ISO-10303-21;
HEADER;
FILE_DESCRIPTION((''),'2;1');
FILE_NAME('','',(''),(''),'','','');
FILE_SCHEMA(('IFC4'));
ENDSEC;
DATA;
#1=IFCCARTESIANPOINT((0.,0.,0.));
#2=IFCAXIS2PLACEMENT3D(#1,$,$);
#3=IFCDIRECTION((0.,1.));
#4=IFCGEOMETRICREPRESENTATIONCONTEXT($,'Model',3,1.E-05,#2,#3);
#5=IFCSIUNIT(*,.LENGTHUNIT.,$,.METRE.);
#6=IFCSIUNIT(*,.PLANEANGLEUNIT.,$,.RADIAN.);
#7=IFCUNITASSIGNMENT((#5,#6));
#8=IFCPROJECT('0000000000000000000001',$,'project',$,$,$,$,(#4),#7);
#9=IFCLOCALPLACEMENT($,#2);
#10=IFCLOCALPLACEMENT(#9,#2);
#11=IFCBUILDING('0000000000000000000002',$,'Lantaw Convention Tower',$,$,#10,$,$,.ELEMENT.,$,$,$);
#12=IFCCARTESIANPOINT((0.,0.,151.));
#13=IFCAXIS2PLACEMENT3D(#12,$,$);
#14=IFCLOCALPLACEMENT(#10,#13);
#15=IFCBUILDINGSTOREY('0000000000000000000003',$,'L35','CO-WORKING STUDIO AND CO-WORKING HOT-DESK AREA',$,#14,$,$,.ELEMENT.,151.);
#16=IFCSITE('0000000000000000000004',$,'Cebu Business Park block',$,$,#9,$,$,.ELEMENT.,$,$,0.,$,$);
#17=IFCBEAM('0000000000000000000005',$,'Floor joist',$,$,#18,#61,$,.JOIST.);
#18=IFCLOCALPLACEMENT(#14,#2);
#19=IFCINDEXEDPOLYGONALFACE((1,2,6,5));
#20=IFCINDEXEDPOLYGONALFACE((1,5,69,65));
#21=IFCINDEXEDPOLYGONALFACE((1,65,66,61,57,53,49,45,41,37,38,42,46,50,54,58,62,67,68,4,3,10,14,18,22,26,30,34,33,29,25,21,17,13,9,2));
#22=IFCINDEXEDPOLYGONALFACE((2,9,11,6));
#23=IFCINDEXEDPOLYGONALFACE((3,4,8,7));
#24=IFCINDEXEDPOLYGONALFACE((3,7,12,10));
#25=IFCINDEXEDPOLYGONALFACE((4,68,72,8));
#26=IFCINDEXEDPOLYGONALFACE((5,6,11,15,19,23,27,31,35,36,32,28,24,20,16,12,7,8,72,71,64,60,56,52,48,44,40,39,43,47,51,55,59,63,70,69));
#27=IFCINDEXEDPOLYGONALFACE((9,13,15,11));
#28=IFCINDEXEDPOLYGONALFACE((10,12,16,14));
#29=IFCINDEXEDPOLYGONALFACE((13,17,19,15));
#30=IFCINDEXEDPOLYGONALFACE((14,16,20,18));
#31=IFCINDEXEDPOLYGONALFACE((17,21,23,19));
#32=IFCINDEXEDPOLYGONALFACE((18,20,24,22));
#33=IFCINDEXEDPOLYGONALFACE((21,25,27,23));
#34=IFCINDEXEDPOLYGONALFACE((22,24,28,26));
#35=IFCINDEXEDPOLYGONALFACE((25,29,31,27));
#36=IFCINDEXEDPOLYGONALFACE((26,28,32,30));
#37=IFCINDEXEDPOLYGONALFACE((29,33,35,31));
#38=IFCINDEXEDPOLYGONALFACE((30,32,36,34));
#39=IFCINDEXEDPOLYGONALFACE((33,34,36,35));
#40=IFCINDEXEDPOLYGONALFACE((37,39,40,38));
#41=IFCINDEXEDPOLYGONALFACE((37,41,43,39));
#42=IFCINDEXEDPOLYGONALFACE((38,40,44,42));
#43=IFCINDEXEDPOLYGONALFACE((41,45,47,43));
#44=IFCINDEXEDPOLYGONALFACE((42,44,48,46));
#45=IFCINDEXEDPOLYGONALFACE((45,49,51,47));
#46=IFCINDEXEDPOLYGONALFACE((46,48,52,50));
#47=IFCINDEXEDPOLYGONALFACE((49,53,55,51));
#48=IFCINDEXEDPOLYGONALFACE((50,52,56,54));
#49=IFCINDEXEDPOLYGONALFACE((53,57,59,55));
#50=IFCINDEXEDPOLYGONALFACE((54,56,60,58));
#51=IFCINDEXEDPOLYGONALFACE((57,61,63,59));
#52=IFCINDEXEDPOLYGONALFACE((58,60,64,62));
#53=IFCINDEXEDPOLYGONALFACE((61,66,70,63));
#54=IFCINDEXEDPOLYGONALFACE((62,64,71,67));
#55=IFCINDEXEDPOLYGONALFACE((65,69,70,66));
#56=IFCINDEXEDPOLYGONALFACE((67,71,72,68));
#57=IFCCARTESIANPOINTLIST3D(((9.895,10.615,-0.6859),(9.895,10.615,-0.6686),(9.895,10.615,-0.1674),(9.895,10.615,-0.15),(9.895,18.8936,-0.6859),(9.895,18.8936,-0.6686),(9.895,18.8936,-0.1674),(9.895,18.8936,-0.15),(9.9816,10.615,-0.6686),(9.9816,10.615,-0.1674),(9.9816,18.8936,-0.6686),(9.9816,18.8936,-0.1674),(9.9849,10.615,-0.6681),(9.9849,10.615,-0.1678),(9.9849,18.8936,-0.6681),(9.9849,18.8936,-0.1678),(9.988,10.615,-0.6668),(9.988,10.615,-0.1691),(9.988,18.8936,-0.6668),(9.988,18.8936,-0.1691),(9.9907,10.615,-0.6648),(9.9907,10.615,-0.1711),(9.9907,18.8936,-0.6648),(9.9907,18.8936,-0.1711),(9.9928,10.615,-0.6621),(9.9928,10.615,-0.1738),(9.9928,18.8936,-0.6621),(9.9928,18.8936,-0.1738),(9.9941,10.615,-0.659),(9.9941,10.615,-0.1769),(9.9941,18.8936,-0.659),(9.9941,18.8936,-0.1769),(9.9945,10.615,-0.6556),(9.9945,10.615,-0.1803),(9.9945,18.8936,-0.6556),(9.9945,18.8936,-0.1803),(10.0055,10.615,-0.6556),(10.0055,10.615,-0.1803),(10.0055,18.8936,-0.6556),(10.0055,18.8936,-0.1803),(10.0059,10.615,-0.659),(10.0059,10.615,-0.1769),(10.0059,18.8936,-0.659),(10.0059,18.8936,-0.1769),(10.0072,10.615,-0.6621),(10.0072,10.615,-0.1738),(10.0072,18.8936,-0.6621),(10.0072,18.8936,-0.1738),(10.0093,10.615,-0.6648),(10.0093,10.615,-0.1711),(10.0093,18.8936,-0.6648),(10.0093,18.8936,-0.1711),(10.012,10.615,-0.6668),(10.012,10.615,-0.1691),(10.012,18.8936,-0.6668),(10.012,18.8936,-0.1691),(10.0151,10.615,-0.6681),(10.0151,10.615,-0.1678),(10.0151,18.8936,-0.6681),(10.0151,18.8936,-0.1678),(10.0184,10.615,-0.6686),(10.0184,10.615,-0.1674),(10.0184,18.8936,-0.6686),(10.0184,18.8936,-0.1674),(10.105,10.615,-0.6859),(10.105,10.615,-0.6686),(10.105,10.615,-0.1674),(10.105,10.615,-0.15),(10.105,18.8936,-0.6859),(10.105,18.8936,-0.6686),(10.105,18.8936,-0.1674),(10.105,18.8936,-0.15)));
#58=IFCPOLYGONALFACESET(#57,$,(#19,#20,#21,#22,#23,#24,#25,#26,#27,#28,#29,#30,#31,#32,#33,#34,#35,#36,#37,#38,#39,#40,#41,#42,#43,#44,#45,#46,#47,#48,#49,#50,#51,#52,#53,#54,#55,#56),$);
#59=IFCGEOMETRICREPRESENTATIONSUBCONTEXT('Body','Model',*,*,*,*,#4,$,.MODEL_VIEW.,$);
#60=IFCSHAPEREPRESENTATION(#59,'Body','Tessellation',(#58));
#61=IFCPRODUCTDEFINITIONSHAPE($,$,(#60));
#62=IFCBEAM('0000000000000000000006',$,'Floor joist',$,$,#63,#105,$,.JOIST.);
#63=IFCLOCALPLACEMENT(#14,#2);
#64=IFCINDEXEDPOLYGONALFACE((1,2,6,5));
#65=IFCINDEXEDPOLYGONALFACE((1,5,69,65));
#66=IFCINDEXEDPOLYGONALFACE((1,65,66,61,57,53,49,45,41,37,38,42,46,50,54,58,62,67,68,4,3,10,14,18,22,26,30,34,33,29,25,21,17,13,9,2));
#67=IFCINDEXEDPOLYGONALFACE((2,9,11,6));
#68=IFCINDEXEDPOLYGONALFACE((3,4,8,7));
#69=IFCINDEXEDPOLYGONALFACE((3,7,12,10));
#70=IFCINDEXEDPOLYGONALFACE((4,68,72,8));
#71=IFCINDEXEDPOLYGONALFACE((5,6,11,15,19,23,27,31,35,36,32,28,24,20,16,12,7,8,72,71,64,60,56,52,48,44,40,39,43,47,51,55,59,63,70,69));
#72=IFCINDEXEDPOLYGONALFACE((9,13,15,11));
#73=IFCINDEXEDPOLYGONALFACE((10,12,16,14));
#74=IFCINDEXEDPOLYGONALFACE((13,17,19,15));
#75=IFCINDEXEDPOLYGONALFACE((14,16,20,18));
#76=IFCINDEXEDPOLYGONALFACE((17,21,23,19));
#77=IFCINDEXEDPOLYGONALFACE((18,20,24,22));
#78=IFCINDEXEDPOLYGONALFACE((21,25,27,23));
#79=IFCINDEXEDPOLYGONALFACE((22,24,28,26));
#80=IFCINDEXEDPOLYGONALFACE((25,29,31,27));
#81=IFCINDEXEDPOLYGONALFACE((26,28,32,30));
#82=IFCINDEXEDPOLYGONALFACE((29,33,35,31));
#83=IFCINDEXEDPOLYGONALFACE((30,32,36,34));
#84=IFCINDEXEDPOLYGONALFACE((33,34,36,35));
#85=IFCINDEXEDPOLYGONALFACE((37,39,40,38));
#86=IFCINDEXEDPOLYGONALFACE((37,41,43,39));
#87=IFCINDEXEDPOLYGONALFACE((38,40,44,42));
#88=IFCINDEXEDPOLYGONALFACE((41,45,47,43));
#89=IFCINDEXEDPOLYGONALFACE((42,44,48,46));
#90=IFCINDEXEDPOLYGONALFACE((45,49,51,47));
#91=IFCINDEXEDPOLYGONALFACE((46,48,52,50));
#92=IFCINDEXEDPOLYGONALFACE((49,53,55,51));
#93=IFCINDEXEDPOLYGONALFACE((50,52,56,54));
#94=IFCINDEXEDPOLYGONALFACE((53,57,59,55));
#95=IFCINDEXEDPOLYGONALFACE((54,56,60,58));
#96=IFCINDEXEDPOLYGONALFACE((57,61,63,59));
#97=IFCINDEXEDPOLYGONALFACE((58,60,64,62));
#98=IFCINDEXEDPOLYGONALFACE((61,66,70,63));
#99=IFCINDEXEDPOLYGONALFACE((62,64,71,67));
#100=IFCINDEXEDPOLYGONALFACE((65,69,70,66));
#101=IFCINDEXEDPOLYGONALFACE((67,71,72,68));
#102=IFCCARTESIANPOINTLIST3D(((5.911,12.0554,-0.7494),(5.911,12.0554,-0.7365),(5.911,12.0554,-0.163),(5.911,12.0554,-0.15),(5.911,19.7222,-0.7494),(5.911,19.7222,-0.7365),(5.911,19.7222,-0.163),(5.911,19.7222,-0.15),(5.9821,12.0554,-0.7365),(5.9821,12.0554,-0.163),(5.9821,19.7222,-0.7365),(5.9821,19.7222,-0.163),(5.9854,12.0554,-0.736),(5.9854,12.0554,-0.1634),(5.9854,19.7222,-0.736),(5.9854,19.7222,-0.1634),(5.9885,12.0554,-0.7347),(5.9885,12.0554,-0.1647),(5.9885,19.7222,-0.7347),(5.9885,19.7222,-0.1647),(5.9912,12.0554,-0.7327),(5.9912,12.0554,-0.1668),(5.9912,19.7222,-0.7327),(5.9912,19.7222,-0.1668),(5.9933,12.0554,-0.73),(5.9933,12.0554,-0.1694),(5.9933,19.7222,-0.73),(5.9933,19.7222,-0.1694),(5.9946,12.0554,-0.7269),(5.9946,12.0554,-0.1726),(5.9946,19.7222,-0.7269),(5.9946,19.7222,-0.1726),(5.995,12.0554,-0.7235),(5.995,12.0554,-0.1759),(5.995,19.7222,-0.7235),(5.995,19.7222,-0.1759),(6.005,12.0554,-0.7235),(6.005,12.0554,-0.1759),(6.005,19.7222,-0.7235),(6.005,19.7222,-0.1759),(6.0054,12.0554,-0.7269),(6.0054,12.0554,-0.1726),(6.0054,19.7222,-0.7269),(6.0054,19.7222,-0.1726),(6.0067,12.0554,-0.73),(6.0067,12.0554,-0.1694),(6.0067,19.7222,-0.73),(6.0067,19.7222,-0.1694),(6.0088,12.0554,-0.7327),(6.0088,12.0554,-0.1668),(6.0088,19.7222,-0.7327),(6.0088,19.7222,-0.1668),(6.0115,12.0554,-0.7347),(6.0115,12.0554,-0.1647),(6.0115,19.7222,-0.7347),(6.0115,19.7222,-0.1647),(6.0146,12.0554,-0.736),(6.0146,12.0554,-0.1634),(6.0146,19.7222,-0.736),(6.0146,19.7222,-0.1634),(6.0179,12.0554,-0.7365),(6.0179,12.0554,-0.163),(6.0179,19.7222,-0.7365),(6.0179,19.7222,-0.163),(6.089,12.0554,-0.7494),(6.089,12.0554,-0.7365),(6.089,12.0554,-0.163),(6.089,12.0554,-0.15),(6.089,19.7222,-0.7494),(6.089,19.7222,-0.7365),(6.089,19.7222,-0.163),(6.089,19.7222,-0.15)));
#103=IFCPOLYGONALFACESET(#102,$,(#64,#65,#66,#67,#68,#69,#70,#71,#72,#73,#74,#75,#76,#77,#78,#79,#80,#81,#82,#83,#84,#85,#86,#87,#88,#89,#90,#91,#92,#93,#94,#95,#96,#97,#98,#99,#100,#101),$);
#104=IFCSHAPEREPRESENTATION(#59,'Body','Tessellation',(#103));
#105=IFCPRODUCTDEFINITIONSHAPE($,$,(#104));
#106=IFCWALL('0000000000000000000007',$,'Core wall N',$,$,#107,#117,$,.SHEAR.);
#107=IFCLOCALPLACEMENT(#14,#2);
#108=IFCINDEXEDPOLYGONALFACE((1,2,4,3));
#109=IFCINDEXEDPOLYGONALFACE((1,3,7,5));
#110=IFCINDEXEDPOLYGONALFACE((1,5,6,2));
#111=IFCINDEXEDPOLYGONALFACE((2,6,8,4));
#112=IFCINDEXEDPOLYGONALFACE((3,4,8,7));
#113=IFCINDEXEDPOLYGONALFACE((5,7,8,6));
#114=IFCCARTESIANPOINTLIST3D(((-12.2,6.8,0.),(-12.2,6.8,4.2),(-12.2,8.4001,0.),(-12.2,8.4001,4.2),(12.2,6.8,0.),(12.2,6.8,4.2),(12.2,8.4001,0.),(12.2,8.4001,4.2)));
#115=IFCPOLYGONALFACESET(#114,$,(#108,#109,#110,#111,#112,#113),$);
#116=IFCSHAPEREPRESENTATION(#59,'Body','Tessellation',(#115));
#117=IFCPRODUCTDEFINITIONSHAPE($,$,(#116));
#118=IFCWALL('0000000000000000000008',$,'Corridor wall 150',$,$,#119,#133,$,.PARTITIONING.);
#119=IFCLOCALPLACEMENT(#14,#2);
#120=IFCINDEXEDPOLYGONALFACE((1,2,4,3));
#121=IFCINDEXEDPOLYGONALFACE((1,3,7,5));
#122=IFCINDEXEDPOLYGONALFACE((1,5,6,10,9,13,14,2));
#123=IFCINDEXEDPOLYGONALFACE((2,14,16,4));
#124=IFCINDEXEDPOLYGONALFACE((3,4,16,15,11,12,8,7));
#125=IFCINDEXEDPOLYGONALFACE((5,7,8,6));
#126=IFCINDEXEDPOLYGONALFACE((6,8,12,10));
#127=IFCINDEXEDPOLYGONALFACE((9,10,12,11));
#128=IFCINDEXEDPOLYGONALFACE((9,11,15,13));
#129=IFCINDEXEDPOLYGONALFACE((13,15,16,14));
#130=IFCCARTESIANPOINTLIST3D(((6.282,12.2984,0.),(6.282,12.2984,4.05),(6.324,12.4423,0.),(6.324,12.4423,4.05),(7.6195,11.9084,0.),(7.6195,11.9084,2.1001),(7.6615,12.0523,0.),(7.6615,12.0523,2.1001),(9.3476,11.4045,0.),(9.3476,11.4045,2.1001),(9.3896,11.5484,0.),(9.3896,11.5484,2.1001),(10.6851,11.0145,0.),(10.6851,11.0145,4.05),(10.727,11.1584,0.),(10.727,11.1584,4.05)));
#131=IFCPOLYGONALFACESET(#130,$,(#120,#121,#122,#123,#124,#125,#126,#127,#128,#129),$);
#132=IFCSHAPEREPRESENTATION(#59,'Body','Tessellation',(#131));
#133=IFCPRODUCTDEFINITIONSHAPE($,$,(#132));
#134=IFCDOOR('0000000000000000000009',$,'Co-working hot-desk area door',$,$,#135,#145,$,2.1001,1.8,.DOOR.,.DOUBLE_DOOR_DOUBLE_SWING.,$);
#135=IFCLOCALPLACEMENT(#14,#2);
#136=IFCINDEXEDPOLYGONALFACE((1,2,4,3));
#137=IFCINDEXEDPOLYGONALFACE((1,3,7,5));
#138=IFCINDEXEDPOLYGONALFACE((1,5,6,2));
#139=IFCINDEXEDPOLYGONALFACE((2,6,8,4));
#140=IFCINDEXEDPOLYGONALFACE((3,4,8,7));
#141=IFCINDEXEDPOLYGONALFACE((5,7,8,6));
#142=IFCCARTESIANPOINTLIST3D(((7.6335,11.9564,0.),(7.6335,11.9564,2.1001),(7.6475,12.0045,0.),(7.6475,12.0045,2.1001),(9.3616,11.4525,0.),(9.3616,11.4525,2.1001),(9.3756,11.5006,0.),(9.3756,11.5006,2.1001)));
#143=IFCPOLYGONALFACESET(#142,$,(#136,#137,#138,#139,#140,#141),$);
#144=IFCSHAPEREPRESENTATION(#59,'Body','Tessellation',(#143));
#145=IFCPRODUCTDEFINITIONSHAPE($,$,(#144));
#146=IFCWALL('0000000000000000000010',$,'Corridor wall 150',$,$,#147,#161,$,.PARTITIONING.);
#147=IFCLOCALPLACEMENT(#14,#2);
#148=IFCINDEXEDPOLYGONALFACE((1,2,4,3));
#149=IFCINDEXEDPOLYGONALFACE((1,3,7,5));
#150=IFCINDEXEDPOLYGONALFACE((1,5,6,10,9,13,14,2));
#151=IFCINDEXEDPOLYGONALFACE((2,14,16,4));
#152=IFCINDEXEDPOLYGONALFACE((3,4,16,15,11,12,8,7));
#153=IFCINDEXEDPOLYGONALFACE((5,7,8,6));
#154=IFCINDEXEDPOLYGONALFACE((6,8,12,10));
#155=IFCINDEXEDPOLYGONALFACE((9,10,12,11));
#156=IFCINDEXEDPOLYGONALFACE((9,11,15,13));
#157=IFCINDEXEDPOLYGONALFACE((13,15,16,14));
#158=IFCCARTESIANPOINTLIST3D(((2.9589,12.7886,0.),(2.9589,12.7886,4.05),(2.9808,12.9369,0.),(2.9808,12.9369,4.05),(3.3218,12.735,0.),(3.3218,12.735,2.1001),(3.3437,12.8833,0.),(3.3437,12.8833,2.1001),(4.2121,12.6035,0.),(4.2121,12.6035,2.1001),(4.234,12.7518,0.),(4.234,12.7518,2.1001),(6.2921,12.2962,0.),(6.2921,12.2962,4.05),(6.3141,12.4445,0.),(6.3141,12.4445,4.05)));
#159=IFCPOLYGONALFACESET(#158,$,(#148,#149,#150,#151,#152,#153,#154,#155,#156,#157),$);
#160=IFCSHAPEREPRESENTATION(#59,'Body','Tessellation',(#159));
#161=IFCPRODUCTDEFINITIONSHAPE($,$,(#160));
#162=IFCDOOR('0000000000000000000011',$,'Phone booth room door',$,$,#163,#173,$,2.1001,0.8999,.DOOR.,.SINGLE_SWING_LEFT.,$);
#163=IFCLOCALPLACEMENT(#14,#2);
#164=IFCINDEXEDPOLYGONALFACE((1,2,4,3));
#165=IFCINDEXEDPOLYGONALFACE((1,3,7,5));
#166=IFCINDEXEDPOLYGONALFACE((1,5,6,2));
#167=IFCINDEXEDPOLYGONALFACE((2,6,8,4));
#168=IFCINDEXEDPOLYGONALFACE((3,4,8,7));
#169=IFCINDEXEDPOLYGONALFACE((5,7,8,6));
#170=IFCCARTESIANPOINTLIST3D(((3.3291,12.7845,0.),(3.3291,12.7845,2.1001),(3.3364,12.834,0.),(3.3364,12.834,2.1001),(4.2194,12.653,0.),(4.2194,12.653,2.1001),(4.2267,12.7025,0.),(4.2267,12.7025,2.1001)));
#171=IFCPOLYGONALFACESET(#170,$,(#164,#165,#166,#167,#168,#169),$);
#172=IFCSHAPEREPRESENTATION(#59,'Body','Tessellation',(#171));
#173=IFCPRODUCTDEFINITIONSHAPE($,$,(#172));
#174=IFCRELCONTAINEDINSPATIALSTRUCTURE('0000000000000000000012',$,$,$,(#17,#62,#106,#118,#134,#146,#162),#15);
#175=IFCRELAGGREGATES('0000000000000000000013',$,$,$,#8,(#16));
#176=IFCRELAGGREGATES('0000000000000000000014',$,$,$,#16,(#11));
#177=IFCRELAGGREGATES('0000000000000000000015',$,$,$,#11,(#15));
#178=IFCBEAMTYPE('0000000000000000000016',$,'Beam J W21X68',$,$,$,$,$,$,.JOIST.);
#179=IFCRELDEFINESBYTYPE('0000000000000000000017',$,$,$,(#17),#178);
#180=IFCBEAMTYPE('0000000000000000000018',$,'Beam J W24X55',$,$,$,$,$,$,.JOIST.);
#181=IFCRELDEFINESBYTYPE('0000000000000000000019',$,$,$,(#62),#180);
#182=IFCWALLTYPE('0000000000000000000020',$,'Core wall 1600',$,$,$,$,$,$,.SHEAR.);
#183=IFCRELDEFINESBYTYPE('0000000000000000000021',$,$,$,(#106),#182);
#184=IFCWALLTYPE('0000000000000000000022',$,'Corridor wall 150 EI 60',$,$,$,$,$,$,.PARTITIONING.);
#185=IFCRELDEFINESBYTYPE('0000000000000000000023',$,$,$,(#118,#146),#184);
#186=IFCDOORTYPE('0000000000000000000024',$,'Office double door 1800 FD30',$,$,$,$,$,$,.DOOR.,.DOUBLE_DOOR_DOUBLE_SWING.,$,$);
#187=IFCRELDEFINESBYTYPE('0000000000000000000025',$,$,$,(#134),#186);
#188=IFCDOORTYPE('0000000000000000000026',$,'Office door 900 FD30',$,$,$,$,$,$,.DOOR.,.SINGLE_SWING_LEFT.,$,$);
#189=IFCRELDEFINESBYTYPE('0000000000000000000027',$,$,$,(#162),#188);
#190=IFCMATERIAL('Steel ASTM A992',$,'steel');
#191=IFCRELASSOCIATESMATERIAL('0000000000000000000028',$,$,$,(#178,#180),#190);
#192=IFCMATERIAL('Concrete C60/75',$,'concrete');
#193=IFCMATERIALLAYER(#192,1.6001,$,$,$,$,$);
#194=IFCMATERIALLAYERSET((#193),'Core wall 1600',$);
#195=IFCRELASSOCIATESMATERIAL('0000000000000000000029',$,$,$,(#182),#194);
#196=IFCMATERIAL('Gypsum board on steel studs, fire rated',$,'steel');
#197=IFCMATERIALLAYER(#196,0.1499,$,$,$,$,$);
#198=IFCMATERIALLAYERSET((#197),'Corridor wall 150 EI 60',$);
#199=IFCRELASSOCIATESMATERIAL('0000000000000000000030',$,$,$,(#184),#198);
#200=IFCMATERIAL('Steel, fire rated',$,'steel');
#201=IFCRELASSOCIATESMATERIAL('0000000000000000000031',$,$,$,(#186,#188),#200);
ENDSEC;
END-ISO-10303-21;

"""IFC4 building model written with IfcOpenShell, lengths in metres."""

from ifc_helpers import new_model, si_unit, direction, frame, frame_2d, origin, origin_2d, place, context, subcontext, project, spatial, rectangle, i_section, extrude, material, layer, layer_set, material_profile, profile_set, type_object, element, fill, save


model = new_model("IFC4")

# Units and contexts
model_context = context("Model", 3, precision=1e-05, world=origin(), true_north=direction((0.0, 1.0)))
body_context = subcontext(model_context, "Body", "Model", "MODEL_VIEW")
ifc_project = project(units=[si_unit("LENGTHUNIT", "METRE"), si_unit("PLANEANGLEUNIT", "RADIAN")], contexts=[model_context])

# Site, building, storey
site_placement = place(None, origin())
site = spatial("IfcSite", under=ifc_project, at=site_placement, Name="Cebu Business Park block", CompositionType="ELEMENT", RefElevation=0.0)
building_placement = place(site_placement, origin())
building = spatial("IfcBuilding", under=site, at=building_placement, Name="Lantaw Convention Tower", CompositionType="ELEMENT")
storey_placement = place(building_placement, frame((0.0, 0.0, 151.0)))
storey = spatial("IfcBuildingStorey", under=building, at=storey_placement, Name="L35", Description="CO-WORKING STUDIO AND CO-WORKING HOT-DESK AREA", CompositionType="ELEMENT", Elevation=151.0)

# Beams
ifc_material_1 = material(Name="Steel ASTM A992", Category="steel")
ifc_material_profile_1 = material_profile(ifc_material_1, i_section(OverallWidth=0.21, OverallDepth=0.5359, WebThickness=0.011, FlangeThickness=0.0173, FilletRadius=0.0129, at=origin_2d()), Name="W21X68")
ifc_profile_set_1 = profile_set([ifc_material_profile_1], Name="Steel ASTM A992")
beam_type_1 = type_object("IfcBeamType", Name="Beam J W21X68", PredefinedType="JOIST", material=ifc_profile_set_1)
beam_1_placement = place(storey_placement, frame((10.0, 10.615, -0.418), z_axis=(0.0, 1.0, 0.0), x_axis=(-1.0, 0.0, 0.0)))
element("IfcBeam", 1, at=beam_1_placement, inside=storey, type_object=beam_type_1, Name="Floor joist", PredefinedType="JOIST", context=body_context, shape_type="SweptSolid", body=[
    extrude(i_section(OverallWidth=0.21, OverallDepth=0.5359, WebThickness=0.011, FlangeThickness=0.0173, FilletRadius=0.0129, at=origin_2d()), origin(), (0.0, 0.0, 1.0), 8.2786),
])
ifc_material_profile_2 = material_profile(ifc_material_1, i_section(OverallWidth=0.178, OverallDepth=0.5994, WebThickness=0.01, FlangeThickness=0.0129, FilletRadius=0.0129, at=origin_2d()), Name="W24X55")
ifc_profile_set_2 = profile_set([ifc_material_profile_2], Name="Steel ASTM A992")
beam_type_2 = type_object("IfcBeamType", Name="Beam J W24X55", PredefinedType="JOIST", material=ifc_profile_set_2)
beam_2_placement = place(storey_placement, frame((6.0, 12.0554, -0.4497), z_axis=(0.0, 1.0, 0.0), x_axis=(-1.0, 0.0, 0.0)))
element("IfcBeam", 2, at=beam_2_placement, inside=storey, type_object=beam_type_2, Name="Floor joist", PredefinedType="JOIST", context=body_context, shape_type="SweptSolid", body=[
    extrude(i_section(OverallWidth=0.178, OverallDepth=0.5994, WebThickness=0.01, FlangeThickness=0.0129, FilletRadius=0.0129, at=origin_2d()), origin(), (0.0, 0.0, 1.0), 7.6667),
])

# Wall
ifc_material_2 = material(Name="Concrete C60/75", Category="concrete")
ifc_layer_1 = layer(ifc_material_2, 1.6001)
ifc_layer_set_1 = layer_set([ifc_layer_1], Name="Core wall 1600")
wall_type_1 = type_object("IfcWallType", Name="Core wall 1600", PredefinedType="SHEAR", material=ifc_layer_set_1)
wall_1_placement = place(storey_placement, frame((12.2, 7.6001, 0.0), z_axis=(0.0, 0.0, 1.0), x_axis=(-1.0, 0.0, 0.0)))
element("IfcWall", 3, at=wall_1_placement, inside=storey, type_object=wall_type_1, Name="Core wall N", PredefinedType="SHEAR", context=body_context, shape_type="SweptSolid", body=[
    extrude(rectangle(XDim=24.3999, YDim=1.6001, at=frame_2d((12.2, 0.0))), origin(), (0.0, 0.0, 1.0), 4.2),
])

# Walls, openings, doors
ifc_material_3 = material(Name="Gypsum board on steel studs, fire rated", Category="steel")
ifc_layer_2 = layer(ifc_material_3, 0.1499)
ifc_layer_set_2 = layer_set([ifc_layer_2], Name="Corridor wall 150 EI 60")
wall_type_2 = type_object("IfcWallType", Name="Corridor wall 150 EI 60", PredefinedType="PARTITIONING", material=ifc_layer_set_2)
wall_2_placement = place(storey_placement, frame((10.7061, 11.0864, 0.0), z_axis=(0.0, 0.0, 1.0), x_axis=(-0.960017, 0.279941, 0.0)))
wall_2 = element("IfcWall", 4, at=wall_2_placement, inside=storey, type_object=wall_type_2, Name="Corridor wall 150", PredefinedType="PARTITIONING", context=body_context, shape_type="SweptSolid", body=[
    extrude(rectangle(XDim=4.5864, YDim=0.1499, at=frame_2d((2.2932, 0.0))), origin(), (0.0, 0.0, 1.0), 4.05),
])
opening_1_placement = place(wall_2_placement, frame((1.3933, 0.0, 0.0)))
opening_1 = element("IfcOpeningElement", 5, at=opening_1_placement, cuts=wall_2, PredefinedType="OPENING", context=body_context, shape_type="SweptSolid", body=[
    extrude(rectangle(XDim=1.8, YDim=2.1001, at=frame_2d((0.8999, 1.05))), frame((0.0, 0.085, 0.0), z_axis=(0.0, -1.0, 0.0), x_axis=(1.0, 0.0, 0.0)), (0.0, 0.0, 1.0), 0.1699),
])
ifc_material_4 = material(Name="Steel, fire rated", Category="steel")
door_type_1 = type_object("IfcDoorType", Name="Office double door 1800 FD30", OperationType="DOUBLE_DOOR_DOUBLE_SWING", PredefinedType="DOOR", material=ifc_material_4)
door_1_placement = place(opening_1_placement, origin())
door_1 = element("IfcDoor", 6, at=door_1_placement, inside=storey, type_object=door_type_1, Name="Co-working hot-desk area door", OperationType="DOUBLE_DOOR_DOUBLE_SWING", OverallHeight=2.1001, OverallWidth=1.8, PredefinedType="DOOR", context=body_context, shape_type="SweptSolid", body=[
    extrude(rectangle(XDim=1.8, YDim=2.1001, at=frame_2d((0.8999, 1.05))), frame((0.0, 0.0249, 0.0), z_axis=(0.0, -1.0, 0.0), x_axis=(1.0, 0.0, 0.0)), (0.0, 0.0, 1.0), 0.05),
])
fill(opening_1, door_1)
wall_3_placement = place(storey_placement, frame((6.303, 12.3704, 0.0), z_axis=(0.0, 0.0, 1.0), x_axis=(-0.989263, 0.146147, 0.0)))
wall_3 = element("IfcWall", 7, at=wall_3_placement, inside=storey, type_object=wall_type_2, Name="Corridor wall 150", PredefinedType="PARTITIONING", context=body_context, shape_type="SweptSolid", body=[
    extrude(rectangle(XDim=3.3694, YDim=0.1499, at=frame_2d((1.6846, 0.0))), origin(), (0.0, 0.0, 1.0), 4.05),
])
opening_2_placement = place(wall_3_placement, frame((2.1025, 0.0, 0.0)))
opening_2 = element("IfcOpeningElement", 8, at=opening_2_placement, cuts=wall_3, PredefinedType="OPENING", context=body_context, shape_type="SweptSolid", body=[
    extrude(rectangle(XDim=0.8999, YDim=2.1001, at=frame_2d((0.45, 1.05))), frame((0.0, 0.085, 0.0), z_axis=(0.0, -1.0, 0.0), x_axis=(1.0, 0.0, 0.0)), (0.0, 0.0, 1.0), 0.1699),
])
door_type_2 = type_object("IfcDoorType", Name="Office door 900 FD30", OperationType="SINGLE_SWING_LEFT", PredefinedType="DOOR", material=ifc_material_4)
door_2_placement = place(opening_2_placement, origin())
door_2 = element("IfcDoor", 9, at=door_2_placement, inside=storey, type_object=door_type_2, Name="Phone booth room door", OperationType="SINGLE_SWING_LEFT", OverallHeight=2.1001, OverallWidth=0.8999, PredefinedType="DOOR", context=body_context, shape_type="SweptSolid", body=[
    extrude(rectangle(XDim=0.8999, YDim=2.1001, at=frame_2d((0.45, 1.05))), frame((0.0, 0.0249, 0.0), z_axis=(0.0, -1.0, 0.0), x_axis=(1.0, 0.0, 0.0)), (0.0, 0.0, 1.0), 0.05),
])
fill(opening_2, door_2)

save(model, "model.ifc")
